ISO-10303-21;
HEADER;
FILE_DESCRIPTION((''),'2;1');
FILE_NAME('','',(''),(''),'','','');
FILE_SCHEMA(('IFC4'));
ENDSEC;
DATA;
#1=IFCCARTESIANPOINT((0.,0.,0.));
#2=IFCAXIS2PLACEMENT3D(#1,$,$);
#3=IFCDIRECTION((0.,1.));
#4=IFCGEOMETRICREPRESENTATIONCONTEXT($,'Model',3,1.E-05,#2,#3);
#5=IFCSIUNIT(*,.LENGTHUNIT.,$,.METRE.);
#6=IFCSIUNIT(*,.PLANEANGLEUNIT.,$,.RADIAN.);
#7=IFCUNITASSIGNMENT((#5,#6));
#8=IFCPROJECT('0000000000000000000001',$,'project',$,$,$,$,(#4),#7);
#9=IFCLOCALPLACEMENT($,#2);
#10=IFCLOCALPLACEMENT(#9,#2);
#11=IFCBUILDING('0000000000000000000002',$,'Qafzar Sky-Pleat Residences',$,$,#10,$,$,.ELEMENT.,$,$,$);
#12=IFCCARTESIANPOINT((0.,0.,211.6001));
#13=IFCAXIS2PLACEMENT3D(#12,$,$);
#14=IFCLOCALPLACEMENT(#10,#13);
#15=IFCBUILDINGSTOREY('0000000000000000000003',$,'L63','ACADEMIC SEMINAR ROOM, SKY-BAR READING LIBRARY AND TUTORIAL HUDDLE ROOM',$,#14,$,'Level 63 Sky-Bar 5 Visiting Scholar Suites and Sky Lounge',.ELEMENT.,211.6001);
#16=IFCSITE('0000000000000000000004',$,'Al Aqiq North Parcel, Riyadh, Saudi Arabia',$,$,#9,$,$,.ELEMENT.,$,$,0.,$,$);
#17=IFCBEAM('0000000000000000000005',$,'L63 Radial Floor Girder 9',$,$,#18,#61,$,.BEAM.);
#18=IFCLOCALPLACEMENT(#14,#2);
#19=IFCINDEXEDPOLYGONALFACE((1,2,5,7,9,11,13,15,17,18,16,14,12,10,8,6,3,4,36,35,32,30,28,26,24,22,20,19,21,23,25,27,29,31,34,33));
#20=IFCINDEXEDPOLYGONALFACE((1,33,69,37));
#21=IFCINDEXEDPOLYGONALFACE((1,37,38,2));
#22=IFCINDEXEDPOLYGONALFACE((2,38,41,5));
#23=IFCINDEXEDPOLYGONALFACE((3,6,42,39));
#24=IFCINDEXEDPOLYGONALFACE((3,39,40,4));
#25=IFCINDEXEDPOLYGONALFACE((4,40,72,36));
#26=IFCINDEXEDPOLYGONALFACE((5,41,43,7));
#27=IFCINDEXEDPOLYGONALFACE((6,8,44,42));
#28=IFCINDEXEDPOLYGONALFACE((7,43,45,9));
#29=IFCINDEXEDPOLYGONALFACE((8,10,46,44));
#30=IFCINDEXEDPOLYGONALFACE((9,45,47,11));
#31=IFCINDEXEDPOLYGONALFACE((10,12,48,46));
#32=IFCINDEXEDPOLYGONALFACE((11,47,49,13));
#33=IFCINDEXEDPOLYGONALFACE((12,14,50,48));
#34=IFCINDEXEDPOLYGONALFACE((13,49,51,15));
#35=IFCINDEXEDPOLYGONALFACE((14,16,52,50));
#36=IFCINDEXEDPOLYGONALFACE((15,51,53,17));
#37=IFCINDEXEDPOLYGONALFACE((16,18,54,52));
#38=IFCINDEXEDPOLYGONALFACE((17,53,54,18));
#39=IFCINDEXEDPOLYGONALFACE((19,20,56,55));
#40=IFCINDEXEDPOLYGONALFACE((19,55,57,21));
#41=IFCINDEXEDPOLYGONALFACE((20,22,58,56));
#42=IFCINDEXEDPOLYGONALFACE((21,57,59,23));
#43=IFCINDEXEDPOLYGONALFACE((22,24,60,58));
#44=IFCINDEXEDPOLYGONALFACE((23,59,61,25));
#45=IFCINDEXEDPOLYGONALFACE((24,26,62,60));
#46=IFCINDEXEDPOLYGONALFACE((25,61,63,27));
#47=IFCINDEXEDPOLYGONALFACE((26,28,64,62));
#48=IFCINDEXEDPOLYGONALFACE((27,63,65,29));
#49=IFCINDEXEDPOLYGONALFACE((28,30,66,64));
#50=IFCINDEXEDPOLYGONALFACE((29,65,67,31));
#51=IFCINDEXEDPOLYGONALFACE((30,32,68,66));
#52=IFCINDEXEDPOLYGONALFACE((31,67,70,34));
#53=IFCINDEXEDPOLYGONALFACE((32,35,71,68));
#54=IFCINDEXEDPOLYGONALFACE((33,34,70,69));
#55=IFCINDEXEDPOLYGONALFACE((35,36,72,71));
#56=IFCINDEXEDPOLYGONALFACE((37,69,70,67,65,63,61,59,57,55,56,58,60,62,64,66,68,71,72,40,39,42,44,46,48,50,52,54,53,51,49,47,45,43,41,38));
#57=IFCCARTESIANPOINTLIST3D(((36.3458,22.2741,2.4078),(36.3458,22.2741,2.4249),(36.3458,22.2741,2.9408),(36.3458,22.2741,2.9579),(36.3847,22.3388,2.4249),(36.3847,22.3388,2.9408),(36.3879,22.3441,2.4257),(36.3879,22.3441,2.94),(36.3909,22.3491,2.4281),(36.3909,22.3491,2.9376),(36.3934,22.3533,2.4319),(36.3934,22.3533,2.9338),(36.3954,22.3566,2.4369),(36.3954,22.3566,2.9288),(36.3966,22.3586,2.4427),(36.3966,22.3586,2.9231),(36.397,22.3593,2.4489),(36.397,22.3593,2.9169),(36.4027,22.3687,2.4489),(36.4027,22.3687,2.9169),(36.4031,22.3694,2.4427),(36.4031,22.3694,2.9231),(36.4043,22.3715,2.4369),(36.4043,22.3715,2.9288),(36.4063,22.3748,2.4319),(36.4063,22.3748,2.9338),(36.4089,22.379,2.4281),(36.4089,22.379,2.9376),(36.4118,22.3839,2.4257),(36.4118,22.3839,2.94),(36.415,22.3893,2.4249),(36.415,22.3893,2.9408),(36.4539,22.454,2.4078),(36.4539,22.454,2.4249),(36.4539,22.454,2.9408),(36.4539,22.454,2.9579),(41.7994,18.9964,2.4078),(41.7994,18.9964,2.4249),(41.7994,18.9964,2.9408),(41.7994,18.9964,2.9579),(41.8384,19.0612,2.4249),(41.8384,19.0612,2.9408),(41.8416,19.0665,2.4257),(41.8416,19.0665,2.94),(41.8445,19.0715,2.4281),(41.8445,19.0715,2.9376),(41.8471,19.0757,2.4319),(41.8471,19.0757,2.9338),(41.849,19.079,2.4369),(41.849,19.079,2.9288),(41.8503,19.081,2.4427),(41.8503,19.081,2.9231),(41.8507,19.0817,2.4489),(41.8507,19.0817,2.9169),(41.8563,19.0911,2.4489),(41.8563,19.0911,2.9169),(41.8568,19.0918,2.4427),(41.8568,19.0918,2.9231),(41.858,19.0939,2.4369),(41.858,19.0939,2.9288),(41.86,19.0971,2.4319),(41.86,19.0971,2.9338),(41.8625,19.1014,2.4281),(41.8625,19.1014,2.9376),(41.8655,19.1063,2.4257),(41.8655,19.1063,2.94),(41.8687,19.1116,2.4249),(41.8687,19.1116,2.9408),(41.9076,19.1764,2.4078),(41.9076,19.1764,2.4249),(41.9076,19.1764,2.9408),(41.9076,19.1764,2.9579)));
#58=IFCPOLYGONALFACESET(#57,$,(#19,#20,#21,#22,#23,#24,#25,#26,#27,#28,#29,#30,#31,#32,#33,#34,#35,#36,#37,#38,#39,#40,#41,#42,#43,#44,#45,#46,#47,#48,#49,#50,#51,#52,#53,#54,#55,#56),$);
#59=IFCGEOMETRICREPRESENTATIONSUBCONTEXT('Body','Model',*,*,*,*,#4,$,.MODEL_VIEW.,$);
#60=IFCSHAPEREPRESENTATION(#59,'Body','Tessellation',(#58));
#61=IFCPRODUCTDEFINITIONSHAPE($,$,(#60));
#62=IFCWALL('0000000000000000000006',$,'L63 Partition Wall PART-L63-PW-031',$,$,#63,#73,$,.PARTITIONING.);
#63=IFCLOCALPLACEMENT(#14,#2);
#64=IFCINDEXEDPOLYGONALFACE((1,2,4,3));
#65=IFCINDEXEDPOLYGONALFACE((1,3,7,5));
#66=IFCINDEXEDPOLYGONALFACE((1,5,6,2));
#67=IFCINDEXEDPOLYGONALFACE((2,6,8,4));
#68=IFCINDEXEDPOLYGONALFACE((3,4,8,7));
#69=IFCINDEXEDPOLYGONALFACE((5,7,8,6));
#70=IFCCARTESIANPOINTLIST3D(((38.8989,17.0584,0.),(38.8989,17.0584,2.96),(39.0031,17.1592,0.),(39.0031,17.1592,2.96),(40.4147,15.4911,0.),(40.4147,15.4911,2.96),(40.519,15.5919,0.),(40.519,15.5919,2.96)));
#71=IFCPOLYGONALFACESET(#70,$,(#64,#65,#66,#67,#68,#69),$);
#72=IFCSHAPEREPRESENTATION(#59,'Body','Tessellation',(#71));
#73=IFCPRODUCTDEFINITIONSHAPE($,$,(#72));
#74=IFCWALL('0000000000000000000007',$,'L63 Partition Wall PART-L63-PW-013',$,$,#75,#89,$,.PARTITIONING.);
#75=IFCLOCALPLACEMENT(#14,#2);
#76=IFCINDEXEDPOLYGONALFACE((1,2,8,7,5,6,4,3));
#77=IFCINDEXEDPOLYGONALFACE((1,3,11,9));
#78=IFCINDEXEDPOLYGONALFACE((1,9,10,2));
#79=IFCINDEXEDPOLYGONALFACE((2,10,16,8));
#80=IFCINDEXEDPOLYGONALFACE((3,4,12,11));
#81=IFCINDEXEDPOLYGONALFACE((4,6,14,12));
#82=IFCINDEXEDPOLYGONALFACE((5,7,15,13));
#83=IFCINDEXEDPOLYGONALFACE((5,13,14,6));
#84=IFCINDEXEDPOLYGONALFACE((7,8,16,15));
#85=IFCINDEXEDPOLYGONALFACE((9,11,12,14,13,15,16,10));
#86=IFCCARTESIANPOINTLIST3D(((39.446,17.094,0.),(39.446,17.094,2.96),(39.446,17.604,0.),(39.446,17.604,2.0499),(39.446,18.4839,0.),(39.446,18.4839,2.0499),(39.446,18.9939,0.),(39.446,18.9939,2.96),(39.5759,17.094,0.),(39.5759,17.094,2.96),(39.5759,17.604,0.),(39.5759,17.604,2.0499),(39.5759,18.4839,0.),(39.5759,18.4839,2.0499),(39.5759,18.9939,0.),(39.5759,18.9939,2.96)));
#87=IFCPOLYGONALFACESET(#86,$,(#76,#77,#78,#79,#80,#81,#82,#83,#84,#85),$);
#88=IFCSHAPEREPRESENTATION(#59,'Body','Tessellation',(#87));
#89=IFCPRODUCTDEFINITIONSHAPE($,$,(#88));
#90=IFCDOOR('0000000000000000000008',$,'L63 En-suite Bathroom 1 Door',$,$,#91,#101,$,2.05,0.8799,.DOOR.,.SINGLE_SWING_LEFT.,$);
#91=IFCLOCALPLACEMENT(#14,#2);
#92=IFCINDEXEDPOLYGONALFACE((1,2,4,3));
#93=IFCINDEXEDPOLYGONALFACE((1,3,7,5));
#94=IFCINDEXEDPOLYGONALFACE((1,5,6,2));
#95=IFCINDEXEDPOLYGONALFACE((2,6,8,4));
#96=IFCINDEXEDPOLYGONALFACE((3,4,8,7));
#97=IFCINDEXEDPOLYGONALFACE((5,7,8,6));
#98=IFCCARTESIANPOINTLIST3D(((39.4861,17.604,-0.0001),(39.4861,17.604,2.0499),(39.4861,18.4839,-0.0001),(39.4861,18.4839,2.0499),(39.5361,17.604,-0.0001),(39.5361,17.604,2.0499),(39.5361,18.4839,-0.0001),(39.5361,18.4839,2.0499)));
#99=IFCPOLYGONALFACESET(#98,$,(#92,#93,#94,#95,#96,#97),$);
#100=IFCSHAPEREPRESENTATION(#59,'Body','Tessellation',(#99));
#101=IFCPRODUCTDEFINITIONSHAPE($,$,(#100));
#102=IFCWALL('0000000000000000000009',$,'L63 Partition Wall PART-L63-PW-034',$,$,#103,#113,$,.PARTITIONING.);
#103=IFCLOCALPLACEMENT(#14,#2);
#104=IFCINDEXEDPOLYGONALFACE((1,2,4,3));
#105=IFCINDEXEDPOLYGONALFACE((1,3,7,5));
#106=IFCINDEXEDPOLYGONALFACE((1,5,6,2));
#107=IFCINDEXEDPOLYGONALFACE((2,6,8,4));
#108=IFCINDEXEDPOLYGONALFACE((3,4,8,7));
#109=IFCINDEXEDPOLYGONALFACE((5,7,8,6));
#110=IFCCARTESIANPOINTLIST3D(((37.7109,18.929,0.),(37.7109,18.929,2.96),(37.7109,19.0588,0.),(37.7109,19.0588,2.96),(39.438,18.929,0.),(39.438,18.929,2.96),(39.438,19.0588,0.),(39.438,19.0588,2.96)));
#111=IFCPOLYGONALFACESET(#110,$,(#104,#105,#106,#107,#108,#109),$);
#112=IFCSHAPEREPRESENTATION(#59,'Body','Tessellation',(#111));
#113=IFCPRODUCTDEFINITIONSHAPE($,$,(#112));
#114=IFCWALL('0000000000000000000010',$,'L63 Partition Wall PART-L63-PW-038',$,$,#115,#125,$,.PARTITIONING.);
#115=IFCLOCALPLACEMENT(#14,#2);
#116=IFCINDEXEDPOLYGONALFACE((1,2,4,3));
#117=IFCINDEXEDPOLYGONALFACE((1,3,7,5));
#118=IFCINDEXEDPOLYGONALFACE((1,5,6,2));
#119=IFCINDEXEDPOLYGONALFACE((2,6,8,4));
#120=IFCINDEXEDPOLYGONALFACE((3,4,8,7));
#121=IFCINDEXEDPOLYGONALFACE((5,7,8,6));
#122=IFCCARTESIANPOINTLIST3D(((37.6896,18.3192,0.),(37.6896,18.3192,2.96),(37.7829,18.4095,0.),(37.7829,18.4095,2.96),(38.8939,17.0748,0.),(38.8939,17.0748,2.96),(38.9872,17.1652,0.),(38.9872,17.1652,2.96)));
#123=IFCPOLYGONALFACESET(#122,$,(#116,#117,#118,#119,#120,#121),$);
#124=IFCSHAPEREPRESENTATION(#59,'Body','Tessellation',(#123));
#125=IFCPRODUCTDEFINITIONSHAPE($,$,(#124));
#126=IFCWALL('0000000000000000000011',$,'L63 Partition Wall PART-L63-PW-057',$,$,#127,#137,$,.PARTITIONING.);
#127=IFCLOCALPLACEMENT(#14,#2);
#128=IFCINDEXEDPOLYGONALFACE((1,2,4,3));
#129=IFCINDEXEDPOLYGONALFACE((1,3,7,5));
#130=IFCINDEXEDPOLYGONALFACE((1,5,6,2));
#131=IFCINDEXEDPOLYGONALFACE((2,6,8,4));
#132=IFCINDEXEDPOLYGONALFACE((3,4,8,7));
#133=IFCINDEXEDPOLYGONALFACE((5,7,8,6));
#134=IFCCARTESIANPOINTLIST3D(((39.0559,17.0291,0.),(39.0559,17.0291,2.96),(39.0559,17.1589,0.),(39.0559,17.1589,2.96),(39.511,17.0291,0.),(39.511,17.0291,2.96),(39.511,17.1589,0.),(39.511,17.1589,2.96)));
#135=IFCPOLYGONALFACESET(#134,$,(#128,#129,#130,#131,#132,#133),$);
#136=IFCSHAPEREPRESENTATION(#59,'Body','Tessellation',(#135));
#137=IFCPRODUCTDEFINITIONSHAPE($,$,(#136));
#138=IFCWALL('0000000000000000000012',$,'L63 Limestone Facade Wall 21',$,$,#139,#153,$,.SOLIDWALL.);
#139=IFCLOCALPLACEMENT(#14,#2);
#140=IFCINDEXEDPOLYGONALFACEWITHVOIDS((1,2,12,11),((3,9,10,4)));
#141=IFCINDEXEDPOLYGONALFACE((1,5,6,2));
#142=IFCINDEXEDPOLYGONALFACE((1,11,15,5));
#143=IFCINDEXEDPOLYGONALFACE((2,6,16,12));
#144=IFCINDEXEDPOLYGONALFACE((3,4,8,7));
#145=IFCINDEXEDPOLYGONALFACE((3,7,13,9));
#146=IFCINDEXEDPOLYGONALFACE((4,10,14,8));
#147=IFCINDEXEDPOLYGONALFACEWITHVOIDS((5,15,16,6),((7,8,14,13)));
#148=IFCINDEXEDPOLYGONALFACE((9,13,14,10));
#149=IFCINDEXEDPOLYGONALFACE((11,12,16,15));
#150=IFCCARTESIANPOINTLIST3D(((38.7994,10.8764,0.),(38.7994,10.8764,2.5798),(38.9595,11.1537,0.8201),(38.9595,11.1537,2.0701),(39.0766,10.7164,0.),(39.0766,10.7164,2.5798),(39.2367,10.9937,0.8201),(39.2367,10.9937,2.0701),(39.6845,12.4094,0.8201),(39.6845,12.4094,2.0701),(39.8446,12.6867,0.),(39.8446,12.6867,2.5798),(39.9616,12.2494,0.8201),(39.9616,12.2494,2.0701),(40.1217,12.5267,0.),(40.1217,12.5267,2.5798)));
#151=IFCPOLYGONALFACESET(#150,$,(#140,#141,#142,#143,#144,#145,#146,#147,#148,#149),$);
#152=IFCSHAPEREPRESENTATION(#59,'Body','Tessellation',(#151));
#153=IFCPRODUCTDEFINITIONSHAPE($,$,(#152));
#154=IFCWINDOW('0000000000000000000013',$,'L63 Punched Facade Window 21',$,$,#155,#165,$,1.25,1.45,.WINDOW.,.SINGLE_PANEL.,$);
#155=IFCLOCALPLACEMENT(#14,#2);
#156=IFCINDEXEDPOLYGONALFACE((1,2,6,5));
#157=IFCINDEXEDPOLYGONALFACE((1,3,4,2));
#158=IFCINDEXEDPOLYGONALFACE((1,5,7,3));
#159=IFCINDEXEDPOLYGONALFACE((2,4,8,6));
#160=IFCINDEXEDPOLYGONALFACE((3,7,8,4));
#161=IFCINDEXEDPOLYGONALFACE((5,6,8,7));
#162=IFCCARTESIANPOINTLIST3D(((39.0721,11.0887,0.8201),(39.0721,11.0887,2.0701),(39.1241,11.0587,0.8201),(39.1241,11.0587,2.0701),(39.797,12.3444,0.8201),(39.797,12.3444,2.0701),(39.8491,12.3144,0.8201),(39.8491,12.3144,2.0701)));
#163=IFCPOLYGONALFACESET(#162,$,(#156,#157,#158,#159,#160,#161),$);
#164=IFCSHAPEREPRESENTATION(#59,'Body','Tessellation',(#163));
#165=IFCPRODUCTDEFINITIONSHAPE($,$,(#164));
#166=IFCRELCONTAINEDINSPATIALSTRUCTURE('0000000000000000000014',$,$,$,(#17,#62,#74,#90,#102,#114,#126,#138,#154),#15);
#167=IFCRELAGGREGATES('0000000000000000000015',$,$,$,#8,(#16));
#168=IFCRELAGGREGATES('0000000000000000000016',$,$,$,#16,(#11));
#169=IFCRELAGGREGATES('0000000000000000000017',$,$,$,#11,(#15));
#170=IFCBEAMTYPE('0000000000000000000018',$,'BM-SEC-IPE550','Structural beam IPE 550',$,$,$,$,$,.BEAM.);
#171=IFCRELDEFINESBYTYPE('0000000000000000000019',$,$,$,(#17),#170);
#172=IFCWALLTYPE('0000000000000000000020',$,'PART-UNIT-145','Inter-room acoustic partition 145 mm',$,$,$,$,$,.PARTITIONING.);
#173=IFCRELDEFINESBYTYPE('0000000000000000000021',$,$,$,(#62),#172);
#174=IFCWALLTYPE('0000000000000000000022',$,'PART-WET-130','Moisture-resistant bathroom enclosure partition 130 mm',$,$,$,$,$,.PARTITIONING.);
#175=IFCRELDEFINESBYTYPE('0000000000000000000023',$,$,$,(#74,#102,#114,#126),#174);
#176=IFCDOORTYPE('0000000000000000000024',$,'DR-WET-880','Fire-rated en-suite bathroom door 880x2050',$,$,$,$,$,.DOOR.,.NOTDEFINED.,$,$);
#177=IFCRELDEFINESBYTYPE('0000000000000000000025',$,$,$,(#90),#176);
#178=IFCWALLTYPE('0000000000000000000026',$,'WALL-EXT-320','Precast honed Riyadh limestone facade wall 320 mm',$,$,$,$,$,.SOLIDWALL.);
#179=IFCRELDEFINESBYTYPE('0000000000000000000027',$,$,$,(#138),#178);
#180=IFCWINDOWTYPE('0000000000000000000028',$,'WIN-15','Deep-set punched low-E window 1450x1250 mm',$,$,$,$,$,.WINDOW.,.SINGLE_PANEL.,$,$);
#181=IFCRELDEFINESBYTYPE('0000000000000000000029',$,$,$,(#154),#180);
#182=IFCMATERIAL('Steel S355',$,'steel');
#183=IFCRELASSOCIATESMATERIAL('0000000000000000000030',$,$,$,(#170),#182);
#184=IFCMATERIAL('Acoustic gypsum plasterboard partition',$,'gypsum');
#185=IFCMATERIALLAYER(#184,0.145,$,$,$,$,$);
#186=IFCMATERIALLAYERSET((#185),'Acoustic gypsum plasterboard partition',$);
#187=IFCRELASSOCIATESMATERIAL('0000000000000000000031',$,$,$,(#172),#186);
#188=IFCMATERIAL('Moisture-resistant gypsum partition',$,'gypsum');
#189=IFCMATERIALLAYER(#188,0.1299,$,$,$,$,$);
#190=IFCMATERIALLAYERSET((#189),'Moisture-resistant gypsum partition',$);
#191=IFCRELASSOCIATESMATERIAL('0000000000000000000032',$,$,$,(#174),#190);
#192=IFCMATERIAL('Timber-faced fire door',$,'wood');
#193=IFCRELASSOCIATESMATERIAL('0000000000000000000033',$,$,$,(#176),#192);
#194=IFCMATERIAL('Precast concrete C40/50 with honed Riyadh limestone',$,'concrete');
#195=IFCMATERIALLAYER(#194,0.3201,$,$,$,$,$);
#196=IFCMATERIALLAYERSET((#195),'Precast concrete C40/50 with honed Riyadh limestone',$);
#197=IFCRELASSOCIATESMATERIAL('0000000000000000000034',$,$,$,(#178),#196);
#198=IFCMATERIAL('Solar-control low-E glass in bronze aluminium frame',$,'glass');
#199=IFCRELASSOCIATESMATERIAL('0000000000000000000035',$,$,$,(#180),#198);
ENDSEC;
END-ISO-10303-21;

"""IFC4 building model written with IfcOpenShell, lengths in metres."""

from ifc_helpers import new_model, si_unit, direction, frame, frame_2d, origin, origin_2d, place, context, subcontext, project, spatial, rectangle, i_section, extrude, source, transform, mapped, material, layer, layer_set, material_profile, profile_set, type_object, element, fill, save


model = new_model("IFC4")

# Units and contexts
model_context = context("Model", 3, precision=1e-05, world=origin(), true_north=direction((0.0, 1.0)))
body_context = subcontext(model_context, "Body", "Model", "MODEL_VIEW")
ifc_project = project(units=[si_unit("LENGTHUNIT", "METRE"), si_unit("PLANEANGLEUNIT", "RADIAN")], contexts=[model_context])

# Site, building, storey
site_placement = place(None, origin())
site = spatial("IfcSite", under=ifc_project, at=site_placement, Name="Al Aqiq North Parcel, Riyadh, Saudi Arabia", CompositionType="ELEMENT", RefElevation=0.0)
building_placement = place(site_placement, origin())
building = spatial("IfcBuilding", under=site, at=building_placement, Name="Qafzar Sky-Pleat Residences", CompositionType="ELEMENT")
storey_placement = place(building_placement, frame((0.0, 0.0, 211.6001)))
storey = spatial("IfcBuildingStorey", under=building, at=storey_placement, Name="L63", Description="ACADEMIC SEMINAR ROOM, SKY-BAR READING LIBRARY AND TUTORIAL HUDDLE ROOM", LongName="Level 63 Sky-Bar 5 Visiting Scholar Suites and Sky Lounge", CompositionType="ELEMENT", Elevation=211.6001)

# Shared definitions
ifc_material_1 = material(Name="Steel S355", Category="steel")

# Beam
ifc_material_profile_1 = material_profile(ifc_material_1, i_section(OverallWidth=0.21, OverallDepth=0.55, WebThickness=0.011, FlangeThickness=0.0171, FilletRadius=0.0239, at=origin_2d()), Name="IPE 550")
ifc_profile_set_1 = profile_set([ifc_material_profile_1], Name="Steel S355")
beam_type_1 = type_object("IfcBeamType", Name="BM-SEC-IPE550", Description="Structural beam IPE 550", PredefinedType="BEAM", material=ifc_profile_set_1)
shared_shape_1 = source(origin(), body_context, "Body", "SweptSolid", [
    extrude(i_section(OverallWidth=0.21, OverallDepth=0.55, WebThickness=0.011, FlangeThickness=0.0171, FilletRadius=0.0239, at=origin_2d()), origin(), (0.0, 0.0, 1.0), 6.3628),
])
beam_1_placement = place(storey_placement, frame((41.8535, 19.0864, 2.6829), z_axis=(-0.857117, 0.515122, 0.0), x_axis=(-0.515122, -0.857117, 0.0)))
element("IfcBeam", 1, at=beam_1_placement, inside=storey, type_object=beam_type_1, Name="L63 Radial Floor Girder 9", PredefinedType="BEAM", context=body_context, shape_type="MappedRepresentation", body=[
    mapped(shared_shape_1, transform((0.0, 0.0, 0.0), x_axis=(1.0, 0.0, 0.0), y_axis=(0.0, 1.0, 0.0), z_axis=(0.0, 0.0, 1.0), scale=1.0)),
])

# Wall
ifc_material_2 = material(Name="Acoustic gypsum plasterboard partition", Category="gypsum")
ifc_layer_1 = layer(ifc_material_2, 0.145)
ifc_layer_set_1 = layer_set([ifc_layer_1], Name="Acoustic gypsum plasterboard partition")
wall_type_1 = type_object("IfcWallType", Name="PART-UNIT-145", Description="Inter-room acoustic partition 145 mm", PredefinedType="PARTITIONING", material=ifc_layer_set_1)
wall_1_placement = place(storey_placement, frame((38.9509, 17.1089, 0.0), z_axis=(0.0, 0.0, 1.0), x_axis=(0.695196, -0.718821, 0.0)))
element("IfcWall", 2, at=wall_1_placement, inside=storey, type_object=wall_type_1, Name="L63 Partition Wall PART-L63-PW-031", PredefinedType="PARTITIONING", context=body_context, shape_type="SweptSolid", body=[
    extrude(rectangle(XDim=2.1804, YDim=0.145, at=frame_2d((1.0903, 0.0))), origin(), (0.0, 0.0, 1.0), 2.96),
])

# Wall, opening, door
ifc_material_3 = material(Name="Moisture-resistant gypsum partition", Category="gypsum")
ifc_layer_2 = layer(ifc_material_3, 0.1299)
ifc_layer_set_2 = layer_set([ifc_layer_2], Name="Moisture-resistant gypsum partition")
wall_type_2 = type_object("IfcWallType", Name="PART-WET-130", Description="Moisture-resistant bathroom enclosure partition 130 mm", PredefinedType="PARTITIONING", material=ifc_layer_set_2)
wall_2_placement = place(storey_placement, frame((39.511, 17.094, 0.0), z_axis=(0.0, 0.0, 1.0), x_axis=(0.0, 1.0, 0.0)))
wall_2 = element("IfcWall", 3, at=wall_2_placement, inside=storey, type_object=wall_type_2, Name="L63 Partition Wall PART-L63-PW-013", PredefinedType="PARTITIONING", context=body_context, shape_type="SweptSolid", body=[
    extrude(rectangle(XDim=1.8999, YDim=0.1299, at=frame_2d((0.95, 0.0))), origin(), (0.0, 0.0, 1.0), 2.96),
])
opening_1_placement = place(wall_2_placement, frame((0.51, 0.0, 0.0)))
opening_1 = element("IfcOpeningElement", 4, at=opening_1_placement, cuts=wall_2, PredefinedType="OPENING", context=body_context, shape_type="SweptSolid", body=[
    extrude(rectangle(XDim=0.8799, YDim=2.05, at=frame_2d((0.4399, 1.0249))), frame((0.0, 0.075, 0.0), z_axis=(0.0, -1.0, 0.0), x_axis=(1.0, 0.0, 0.0)), (0.0, 0.0, 1.0), 0.1499),
])
ifc_material_4 = material(Name="Timber-faced fire door", Category="wood")
door_type = type_object("IfcDoorType", Name="DR-WET-880", Description="Fire-rated en-suite bathroom door 880x2050", OperationType="NOTDEFINED", PredefinedType="DOOR", material=ifc_material_4)
shared_shape_2 = source(origin(), body_context, "Body", "SweptSolid", [
    extrude(rectangle(XDim=0.8799, YDim=2.05, at=frame_2d((0.4399, 1.0249))), frame((0.0, 0.0249, 0.0), z_axis=(0.0, -1.0, 0.0), x_axis=(1.0, 0.0, 0.0)), (0.0, 0.0, 1.0), 0.05),
])
door_placement = place(opening_1_placement, origin())
door = element("IfcDoor", 5, at=door_placement, inside=storey, type_object=door_type, Name="L63 En-suite Bathroom 1 Door", OperationType="SINGLE_SWING_LEFT", OverallHeight=2.05, OverallWidth=0.8799, PredefinedType="DOOR", context=body_context, shape_type="MappedRepresentation", body=[
    mapped(shared_shape_2, transform((0.0, 0.0, 0.0), x_axis=(1.0, 0.0, 0.0), y_axis=(0.0, 1.0, 0.0), z_axis=(0.0, 0.0, 1.0), scale=1.0)),
])
fill(opening_1, door)

# Walls
wall_3_placement = place(storey_placement, frame((37.7109, 18.9939, 0.0), z_axis=(0.0, 0.0, 1.0), x_axis=(1.0, 0.0, 0.0)))
element("IfcWall", 6, at=wall_3_placement, inside=storey, type_object=wall_type_2, Name="L63 Partition Wall PART-L63-PW-034", PredefinedType="PARTITIONING", context=body_context, shape_type="SweptSolid", body=[
    extrude(rectangle(XDim=1.7271, YDim=0.1299, at=frame_2d((0.8635, 0.0))), origin(), (0.0, 0.0, 1.0), 2.96),
])
wall_4_placement = place(storey_placement, frame((37.7363, 18.3643, 0.0), z_axis=(0.0, 0.0, 1.0), x_axis=(0.695452, -0.718573, 0.0)))
element("IfcWall", 7, at=wall_4_placement, inside=storey, type_object=wall_type_2, Name="L63 Partition Wall PART-L63-PW-038", PredefinedType="PARTITIONING", context=body_context, shape_type="SweptSolid", body=[
    extrude(rectangle(XDim=1.7317, YDim=0.1299, at=frame_2d((0.8657, 0.0))), origin(), (0.0, 0.0, 1.0), 2.96),
])
wall_5_placement = place(storey_placement, frame((39.0559, 17.094, 0.0), z_axis=(0.0, 0.0, 1.0), x_axis=(1.0, 0.0, 0.0)))
element("IfcWall", 8, at=wall_5_placement, inside=storey, type_object=wall_type_2, Name="L63 Partition Wall PART-L63-PW-057", PredefinedType="PARTITIONING", context=body_context, shape_type="SweptSolid", body=[
    extrude(rectangle(XDim=0.4551, YDim=0.1299, at=frame_2d((0.2275, 0.0))), origin(), (0.0, 0.0, 1.0), 2.96),
])

# Wall, opening, window
ifc_material_5 = material(Name="Precast concrete C40/50 with honed Riyadh limestone", Category="concrete")
ifc_layer_3 = layer(ifc_material_5, 0.3201)
ifc_layer_set_3 = layer_set([ifc_layer_3], Name="Precast concrete C40/50 with honed Riyadh limestone")
wall_type_3 = type_object("IfcWallType", Name="WALL-EXT-320", Description="Precast honed Riyadh limestone facade wall 320 mm", PredefinedType="SOLIDWALL", material=ifc_layer_set_3)
wall_6_placement = place(storey_placement, frame((38.938, 10.7964, 0.0), z_axis=(0.0, 0.0, 1.0), x_axis=(0.499995, 0.866028, 0.0)))
wall_6 = element("IfcWall", 9, at=wall_6_placement, inside=storey, type_object=wall_type_3, Name="L63 Limestone Facade Wall 21", PredefinedType="SOLIDWALL", context=body_context, shape_type="SweptSolid", body=[
    extrude(rectangle(XDim=2.0903, YDim=0.3201, at=frame_2d((1.0452, 0.0))), origin(), (0.0, 0.0, 1.0), 2.5798),
])
opening_2_placement = place(wall_6_placement, frame((0.3201, 0.0, 0.8201)))
opening_2 = element("IfcOpeningElement", 10, at=opening_2_placement, cuts=wall_6, PredefinedType="OPENING", context=body_context, shape_type="SweptSolid", body=[
    extrude(rectangle(XDim=1.45, YDim=1.25, at=frame_2d((0.7251, 0.625))), frame((0.0, 0.1699, 0.0), z_axis=(0.0, -1.0, 0.0), x_axis=(1.0, 0.0, 0.0)), (0.0, 0.0, 1.0), 0.3401),
])
ifc_material_6 = material(Name="Solar-control low-E glass in bronze aluminium frame", Category="glass")
window_type_1 = type_object("IfcWindowType", Name="WIN-15", Description="Deep-set punched low-E window 1450x1250 mm", PartitioningType="SINGLE_PANEL", PredefinedType="WINDOW", material=ifc_material_6)
shared_shape_3 = source(origin(), body_context, "Body", "SweptSolid", [
    extrude(rectangle(XDim=1.45, YDim=1.25, at=frame_2d((0.7251, 0.625))), frame((0.0, 0.03, 0.0), z_axis=(0.0, -1.0, 0.0), x_axis=(1.0, 0.0, 0.0)), (0.0, 0.0, 1.0), 0.0601),
])
window_1_placement = place(opening_2_placement, origin())
window_1 = element("IfcWindow", 11, at=window_1_placement, inside=storey, type_object=window_type_1, Name="L63 Punched Facade Window 21", OverallHeight=1.25, OverallWidth=1.45, PartitioningType="SINGLE_PANEL", PredefinedType="WINDOW", context=body_context, shape_type="MappedRepresentation", body=[
    mapped(shared_shape_3, transform((0.0, 0.0, 0.0), x_axis=(1.0, 0.0, 0.0), y_axis=(0.0, 1.0, 0.0), z_axis=(0.0, 0.0, 1.0), scale=1.0)),
])
fill(opening_2, window_1)

save(model, "model.ifc")
